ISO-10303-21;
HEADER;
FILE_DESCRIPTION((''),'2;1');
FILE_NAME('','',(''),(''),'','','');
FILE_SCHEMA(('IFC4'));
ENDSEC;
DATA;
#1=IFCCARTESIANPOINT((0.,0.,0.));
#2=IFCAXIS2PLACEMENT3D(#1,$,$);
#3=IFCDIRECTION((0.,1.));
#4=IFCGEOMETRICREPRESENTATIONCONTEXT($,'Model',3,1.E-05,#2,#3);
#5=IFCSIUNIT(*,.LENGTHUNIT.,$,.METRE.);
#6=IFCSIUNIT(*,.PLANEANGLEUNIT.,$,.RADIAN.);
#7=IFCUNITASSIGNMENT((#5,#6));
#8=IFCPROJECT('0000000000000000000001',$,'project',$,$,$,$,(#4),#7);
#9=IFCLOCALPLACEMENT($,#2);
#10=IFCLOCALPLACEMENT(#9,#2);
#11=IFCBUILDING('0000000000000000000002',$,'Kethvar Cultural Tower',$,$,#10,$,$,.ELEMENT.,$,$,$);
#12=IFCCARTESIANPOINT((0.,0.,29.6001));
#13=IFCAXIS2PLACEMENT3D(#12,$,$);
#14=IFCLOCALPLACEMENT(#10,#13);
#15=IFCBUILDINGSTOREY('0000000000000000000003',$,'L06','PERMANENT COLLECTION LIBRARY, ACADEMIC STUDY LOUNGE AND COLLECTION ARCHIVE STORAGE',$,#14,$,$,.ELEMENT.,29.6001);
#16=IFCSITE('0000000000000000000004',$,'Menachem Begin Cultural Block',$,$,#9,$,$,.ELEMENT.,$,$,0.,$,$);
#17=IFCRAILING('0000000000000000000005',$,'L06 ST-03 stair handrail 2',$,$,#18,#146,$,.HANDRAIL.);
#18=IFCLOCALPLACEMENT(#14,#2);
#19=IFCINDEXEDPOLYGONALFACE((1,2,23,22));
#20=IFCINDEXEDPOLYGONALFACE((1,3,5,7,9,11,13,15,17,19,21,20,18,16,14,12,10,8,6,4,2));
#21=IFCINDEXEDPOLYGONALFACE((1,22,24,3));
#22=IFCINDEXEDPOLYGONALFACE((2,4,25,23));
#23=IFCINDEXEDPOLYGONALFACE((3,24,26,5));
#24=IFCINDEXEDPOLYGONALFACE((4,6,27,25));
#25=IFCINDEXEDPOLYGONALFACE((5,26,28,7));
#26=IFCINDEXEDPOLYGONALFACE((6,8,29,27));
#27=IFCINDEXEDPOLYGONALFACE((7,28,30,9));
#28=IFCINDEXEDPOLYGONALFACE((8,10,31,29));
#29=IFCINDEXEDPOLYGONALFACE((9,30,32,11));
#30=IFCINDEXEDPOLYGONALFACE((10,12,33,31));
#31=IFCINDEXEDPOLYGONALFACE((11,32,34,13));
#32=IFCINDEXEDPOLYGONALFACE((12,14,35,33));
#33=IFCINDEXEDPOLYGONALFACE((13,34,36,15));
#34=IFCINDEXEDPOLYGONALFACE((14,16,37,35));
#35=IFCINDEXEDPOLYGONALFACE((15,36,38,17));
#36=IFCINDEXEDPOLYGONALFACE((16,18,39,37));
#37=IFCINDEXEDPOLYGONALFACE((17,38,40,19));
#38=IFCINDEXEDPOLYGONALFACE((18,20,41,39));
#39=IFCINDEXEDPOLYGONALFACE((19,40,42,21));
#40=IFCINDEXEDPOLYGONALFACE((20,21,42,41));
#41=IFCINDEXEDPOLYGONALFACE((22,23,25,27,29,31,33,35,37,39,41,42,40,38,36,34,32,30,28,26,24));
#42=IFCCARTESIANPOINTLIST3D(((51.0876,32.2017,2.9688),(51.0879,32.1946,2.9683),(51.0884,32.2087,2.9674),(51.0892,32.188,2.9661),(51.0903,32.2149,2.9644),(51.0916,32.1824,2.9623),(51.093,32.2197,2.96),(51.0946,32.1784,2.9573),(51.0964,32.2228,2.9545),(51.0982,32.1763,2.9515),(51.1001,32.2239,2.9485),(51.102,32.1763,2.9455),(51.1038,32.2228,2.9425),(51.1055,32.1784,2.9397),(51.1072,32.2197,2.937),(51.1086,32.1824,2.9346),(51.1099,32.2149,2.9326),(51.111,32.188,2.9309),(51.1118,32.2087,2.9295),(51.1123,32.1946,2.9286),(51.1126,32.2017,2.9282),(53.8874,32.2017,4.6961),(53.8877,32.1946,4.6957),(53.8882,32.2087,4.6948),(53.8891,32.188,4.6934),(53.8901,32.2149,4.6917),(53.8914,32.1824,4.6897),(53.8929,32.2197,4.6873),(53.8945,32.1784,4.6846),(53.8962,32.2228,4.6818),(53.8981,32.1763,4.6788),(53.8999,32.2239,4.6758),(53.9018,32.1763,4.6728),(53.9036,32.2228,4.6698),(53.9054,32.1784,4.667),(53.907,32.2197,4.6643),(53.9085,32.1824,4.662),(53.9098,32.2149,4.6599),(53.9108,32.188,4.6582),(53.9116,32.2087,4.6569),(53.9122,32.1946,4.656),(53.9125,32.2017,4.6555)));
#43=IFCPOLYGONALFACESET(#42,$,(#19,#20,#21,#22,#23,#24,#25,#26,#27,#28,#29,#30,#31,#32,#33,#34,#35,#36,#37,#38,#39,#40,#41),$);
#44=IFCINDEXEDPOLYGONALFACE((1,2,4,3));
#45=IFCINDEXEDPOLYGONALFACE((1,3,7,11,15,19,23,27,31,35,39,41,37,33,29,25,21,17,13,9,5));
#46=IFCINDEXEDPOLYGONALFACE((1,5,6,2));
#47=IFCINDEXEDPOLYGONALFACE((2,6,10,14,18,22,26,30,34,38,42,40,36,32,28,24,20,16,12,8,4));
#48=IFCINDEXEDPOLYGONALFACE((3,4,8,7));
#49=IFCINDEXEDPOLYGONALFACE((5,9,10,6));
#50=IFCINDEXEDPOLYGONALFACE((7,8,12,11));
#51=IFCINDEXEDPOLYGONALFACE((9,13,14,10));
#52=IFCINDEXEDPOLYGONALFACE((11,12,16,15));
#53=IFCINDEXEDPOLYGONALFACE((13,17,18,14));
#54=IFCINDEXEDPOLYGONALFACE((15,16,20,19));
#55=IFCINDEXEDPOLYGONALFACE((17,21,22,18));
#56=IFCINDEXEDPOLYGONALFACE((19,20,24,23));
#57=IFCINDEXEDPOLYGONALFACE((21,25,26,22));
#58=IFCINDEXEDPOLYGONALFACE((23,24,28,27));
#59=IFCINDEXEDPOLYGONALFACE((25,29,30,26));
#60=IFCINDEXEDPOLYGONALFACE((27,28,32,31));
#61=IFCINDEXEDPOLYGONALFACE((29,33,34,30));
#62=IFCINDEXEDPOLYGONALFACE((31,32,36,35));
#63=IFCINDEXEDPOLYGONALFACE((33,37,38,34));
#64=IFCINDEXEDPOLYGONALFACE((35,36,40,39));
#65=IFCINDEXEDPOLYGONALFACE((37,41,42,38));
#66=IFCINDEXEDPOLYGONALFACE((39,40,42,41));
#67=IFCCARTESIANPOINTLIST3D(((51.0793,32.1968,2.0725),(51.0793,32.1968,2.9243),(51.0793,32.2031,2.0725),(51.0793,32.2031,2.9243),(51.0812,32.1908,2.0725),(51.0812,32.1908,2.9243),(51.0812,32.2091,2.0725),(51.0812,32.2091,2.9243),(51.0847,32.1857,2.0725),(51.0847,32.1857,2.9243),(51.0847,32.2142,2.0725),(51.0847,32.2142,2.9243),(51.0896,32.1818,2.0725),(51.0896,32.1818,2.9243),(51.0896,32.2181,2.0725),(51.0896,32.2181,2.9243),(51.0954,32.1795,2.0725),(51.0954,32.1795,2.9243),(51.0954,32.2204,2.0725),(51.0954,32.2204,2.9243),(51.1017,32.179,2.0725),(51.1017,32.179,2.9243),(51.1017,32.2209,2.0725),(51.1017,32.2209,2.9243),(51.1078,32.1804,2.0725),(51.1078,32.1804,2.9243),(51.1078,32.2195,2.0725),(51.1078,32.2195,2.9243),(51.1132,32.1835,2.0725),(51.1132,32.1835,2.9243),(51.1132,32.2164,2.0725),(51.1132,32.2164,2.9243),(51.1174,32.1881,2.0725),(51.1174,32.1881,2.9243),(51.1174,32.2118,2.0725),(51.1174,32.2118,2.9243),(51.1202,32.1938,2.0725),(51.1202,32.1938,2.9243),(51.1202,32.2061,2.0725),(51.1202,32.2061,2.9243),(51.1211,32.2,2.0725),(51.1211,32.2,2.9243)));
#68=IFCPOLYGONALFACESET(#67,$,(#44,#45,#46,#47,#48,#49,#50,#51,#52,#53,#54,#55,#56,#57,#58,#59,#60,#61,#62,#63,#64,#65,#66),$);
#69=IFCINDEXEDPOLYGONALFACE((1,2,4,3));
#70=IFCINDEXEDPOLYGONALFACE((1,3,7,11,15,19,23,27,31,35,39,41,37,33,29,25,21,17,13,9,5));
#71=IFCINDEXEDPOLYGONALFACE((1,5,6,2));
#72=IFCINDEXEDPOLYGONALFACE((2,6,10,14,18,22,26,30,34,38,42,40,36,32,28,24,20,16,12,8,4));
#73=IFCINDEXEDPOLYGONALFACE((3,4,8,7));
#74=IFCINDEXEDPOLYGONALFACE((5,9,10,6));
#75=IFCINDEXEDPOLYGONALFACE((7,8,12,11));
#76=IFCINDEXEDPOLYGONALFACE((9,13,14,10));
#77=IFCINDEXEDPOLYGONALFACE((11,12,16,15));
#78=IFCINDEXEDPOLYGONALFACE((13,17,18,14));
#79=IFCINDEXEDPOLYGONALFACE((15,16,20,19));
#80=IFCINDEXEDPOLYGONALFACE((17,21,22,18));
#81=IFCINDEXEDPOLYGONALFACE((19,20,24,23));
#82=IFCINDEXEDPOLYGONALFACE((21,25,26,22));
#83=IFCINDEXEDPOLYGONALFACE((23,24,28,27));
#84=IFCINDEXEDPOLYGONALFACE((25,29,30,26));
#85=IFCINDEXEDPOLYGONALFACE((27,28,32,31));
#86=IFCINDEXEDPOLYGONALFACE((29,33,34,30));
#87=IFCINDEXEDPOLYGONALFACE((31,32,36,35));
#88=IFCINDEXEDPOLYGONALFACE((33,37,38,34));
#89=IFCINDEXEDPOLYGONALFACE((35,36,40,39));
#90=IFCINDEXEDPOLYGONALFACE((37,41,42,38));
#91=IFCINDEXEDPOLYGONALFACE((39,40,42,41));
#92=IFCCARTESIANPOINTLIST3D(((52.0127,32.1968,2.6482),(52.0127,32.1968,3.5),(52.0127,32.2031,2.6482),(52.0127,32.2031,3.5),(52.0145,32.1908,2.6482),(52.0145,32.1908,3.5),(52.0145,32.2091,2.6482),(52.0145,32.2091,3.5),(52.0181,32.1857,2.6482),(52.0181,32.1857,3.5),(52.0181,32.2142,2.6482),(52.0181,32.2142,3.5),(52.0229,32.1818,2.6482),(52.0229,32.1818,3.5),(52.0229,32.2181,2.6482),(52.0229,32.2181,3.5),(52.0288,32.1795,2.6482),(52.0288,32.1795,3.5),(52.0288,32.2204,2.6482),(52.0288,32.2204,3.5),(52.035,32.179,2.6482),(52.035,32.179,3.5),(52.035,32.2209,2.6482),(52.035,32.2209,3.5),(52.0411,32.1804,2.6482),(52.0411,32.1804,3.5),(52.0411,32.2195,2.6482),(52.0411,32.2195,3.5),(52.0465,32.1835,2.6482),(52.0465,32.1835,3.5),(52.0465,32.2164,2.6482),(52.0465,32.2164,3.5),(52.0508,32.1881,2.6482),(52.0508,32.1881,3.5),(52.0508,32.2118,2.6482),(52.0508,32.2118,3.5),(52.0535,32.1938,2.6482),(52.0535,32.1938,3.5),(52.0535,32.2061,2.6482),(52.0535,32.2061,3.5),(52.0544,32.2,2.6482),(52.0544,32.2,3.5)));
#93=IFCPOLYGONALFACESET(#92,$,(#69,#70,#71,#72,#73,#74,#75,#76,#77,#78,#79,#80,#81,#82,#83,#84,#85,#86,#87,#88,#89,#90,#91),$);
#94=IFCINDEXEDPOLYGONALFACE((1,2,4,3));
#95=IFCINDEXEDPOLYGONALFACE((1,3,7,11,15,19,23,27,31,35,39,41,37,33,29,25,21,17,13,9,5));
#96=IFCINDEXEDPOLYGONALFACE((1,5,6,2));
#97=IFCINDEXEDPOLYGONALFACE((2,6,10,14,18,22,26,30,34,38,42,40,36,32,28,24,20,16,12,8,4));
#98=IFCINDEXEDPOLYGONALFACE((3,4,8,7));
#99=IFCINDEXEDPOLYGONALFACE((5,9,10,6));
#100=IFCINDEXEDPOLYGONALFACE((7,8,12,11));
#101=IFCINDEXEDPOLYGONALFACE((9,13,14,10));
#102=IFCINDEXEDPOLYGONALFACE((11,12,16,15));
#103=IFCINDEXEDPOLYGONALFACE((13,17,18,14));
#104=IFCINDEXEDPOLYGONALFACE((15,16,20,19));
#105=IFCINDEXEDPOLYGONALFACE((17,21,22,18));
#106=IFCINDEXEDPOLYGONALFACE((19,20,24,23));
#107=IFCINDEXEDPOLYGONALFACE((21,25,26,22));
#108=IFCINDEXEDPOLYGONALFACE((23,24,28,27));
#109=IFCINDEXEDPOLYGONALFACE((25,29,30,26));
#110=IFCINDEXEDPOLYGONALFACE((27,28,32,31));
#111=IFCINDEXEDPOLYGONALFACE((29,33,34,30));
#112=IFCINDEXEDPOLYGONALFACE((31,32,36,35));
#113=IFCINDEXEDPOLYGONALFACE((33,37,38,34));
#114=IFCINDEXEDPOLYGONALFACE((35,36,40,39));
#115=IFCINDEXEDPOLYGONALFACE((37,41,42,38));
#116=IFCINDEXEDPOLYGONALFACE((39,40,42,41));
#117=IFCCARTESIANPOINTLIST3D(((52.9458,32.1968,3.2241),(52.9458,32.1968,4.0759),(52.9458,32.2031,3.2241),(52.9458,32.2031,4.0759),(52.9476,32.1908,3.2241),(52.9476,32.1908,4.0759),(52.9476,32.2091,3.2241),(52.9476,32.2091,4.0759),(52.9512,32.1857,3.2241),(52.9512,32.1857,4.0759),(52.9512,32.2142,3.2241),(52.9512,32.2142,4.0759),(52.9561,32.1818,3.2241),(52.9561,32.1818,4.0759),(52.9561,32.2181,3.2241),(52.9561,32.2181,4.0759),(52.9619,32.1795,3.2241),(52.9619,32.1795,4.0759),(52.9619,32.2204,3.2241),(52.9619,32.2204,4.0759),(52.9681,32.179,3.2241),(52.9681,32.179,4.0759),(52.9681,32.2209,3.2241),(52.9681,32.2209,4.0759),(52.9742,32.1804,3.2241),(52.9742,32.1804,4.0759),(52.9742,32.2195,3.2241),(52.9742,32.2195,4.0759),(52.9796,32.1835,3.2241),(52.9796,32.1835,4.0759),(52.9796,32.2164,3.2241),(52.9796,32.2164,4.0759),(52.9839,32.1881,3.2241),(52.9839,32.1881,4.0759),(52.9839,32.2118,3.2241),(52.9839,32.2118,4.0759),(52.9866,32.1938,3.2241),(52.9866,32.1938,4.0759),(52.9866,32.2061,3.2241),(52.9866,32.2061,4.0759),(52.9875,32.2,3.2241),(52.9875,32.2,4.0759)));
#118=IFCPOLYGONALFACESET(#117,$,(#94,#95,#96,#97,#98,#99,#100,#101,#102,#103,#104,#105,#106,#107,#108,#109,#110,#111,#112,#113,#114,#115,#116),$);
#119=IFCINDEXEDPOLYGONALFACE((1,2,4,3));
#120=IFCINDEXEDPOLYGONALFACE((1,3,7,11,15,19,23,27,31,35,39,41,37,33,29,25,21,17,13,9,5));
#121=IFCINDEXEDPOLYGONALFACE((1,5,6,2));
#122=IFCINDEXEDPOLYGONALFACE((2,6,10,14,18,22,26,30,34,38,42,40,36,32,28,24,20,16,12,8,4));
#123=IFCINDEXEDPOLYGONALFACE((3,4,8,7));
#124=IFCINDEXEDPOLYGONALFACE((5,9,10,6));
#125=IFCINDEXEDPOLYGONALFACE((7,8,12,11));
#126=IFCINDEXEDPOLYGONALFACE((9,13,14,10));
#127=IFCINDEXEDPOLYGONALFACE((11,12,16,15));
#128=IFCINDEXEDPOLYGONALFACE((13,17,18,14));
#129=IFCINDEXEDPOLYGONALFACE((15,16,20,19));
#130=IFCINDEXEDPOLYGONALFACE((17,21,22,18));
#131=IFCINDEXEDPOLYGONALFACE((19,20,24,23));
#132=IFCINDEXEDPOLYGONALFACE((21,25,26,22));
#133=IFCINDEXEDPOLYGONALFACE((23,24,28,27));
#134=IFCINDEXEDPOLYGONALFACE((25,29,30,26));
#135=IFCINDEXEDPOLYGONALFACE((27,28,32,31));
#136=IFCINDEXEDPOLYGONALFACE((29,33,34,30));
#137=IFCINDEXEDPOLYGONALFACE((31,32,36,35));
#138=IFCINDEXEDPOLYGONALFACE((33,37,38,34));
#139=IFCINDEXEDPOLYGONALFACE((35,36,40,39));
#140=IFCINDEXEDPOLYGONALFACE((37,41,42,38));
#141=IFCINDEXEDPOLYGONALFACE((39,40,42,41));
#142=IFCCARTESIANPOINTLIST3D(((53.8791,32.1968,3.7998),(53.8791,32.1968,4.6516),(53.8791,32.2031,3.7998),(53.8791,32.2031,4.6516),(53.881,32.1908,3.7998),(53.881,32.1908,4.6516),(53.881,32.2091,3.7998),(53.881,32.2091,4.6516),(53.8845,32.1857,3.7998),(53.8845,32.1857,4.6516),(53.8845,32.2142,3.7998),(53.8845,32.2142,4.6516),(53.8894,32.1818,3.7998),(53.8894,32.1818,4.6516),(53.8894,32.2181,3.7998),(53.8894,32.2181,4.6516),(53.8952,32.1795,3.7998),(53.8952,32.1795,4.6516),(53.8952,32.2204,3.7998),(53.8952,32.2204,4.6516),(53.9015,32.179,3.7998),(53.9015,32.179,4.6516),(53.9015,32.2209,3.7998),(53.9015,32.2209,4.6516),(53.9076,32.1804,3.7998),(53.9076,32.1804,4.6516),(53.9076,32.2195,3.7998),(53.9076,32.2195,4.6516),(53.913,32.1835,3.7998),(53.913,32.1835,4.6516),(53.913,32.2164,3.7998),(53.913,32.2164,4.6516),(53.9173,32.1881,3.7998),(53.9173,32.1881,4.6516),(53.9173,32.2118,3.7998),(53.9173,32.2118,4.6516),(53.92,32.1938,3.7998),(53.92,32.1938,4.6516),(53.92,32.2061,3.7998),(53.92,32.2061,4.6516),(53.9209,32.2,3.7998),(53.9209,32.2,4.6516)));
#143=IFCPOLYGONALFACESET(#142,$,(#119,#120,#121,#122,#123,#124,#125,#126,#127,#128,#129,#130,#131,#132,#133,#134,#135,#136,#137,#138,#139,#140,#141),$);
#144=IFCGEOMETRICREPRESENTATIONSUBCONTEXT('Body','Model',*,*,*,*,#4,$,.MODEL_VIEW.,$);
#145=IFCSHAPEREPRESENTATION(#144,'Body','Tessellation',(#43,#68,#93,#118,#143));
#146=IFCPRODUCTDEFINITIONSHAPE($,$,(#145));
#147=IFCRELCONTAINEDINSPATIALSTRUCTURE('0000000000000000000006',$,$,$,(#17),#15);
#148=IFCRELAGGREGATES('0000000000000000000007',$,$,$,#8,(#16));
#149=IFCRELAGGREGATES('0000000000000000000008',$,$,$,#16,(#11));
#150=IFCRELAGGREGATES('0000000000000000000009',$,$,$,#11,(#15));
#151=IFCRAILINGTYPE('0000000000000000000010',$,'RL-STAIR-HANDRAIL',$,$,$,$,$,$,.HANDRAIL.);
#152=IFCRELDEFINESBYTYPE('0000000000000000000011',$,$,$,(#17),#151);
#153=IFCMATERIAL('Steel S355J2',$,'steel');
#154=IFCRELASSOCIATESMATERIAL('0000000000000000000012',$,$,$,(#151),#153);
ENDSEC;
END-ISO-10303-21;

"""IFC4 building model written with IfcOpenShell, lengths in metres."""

from ifc_helpers import new_model, si_unit, direction, frame, origin, origin_2d, place, context, subcontext, project, spatial, circle, extrude, material, type_object, element, save


model = new_model("IFC4")

# Units and contexts
model_context = context("Model", 3, precision=1e-05, world=origin(), true_north=direction((0.0, 1.0)))
body_context = subcontext(model_context, "Body", "Model", "MODEL_VIEW")
ifc_project = project(units=[si_unit("LENGTHUNIT", "METRE"), si_unit("PLANEANGLEUNIT", "RADIAN")], contexts=[model_context])

# Site, building, storey
site_placement = place(None, origin())
site = spatial("IfcSite", under=ifc_project, at=site_placement, Name="Menachem Begin Cultural Block", CompositionType="ELEMENT", RefElevation=0.0)
building_placement = place(site_placement, origin())
building = spatial("IfcBuilding", under=site, at=building_placement, Name="Kethvar Cultural Tower", CompositionType="ELEMENT")
storey_placement = place(building_placement, frame((0.0, 0.0, 29.6001)))
storey = spatial("IfcBuildingStorey", under=building, at=storey_placement, Name="L06", Description="PERMANENT COLLECTION LIBRARY, ACADEMIC STUDY LOUNGE AND COLLECTION ARCHIVE STORAGE", CompositionType="ELEMENT", Elevation=29.6001)

# Shared definitions
ifc_material_1 = material(Name="Steel S355J2", Category="steel")

# Railing
railing_type_1 = type_object("IfcRailingType", Name="RL-STAIR-HANDRAIL", PredefinedType="HANDRAIL", material=ifc_material_1)
railing_1_placement = place(storey_placement, frame((51.1001, 32.2, 2.0725)))
element("IfcRailing", 1, at=railing_1_placement, inside=storey, type_object=railing_type_1, Name="L06 ST-03 stair handrail 2", PredefinedType="HANDRAIL", context=body_context, shape_type="SweptSolid", body=[
    extrude(circle(Radius=0.0239, at=origin_2d()), frame((0.0, 0.0, 0.876), z_axis=(0.851069, 0.0, 0.525054), x_axis=(0.0, 1.0, 0.0)), (0.0, 0.0, 1.0), 3.2898),
    extrude(circle(Radius=0.021, at=origin_2d()), origin(), (0.0, 0.0, 1.0), 0.8518),
    extrude(circle(Radius=0.021, at=origin_2d()), frame((0.9333, 0.0, 0.5757)), (0.0, 0.0, 1.0), 0.8518),
    extrude(circle(Radius=0.021, at=origin_2d()), frame((1.8665, 0.0, 1.1516)), (0.0, 0.0, 1.0), 0.8518),
    extrude(circle(Radius=0.021, at=origin_2d()), frame((2.7998, 0.0, 1.7273)), (0.0, 0.0, 1.0), 0.8518),
])

save(model, "model.ifc")
